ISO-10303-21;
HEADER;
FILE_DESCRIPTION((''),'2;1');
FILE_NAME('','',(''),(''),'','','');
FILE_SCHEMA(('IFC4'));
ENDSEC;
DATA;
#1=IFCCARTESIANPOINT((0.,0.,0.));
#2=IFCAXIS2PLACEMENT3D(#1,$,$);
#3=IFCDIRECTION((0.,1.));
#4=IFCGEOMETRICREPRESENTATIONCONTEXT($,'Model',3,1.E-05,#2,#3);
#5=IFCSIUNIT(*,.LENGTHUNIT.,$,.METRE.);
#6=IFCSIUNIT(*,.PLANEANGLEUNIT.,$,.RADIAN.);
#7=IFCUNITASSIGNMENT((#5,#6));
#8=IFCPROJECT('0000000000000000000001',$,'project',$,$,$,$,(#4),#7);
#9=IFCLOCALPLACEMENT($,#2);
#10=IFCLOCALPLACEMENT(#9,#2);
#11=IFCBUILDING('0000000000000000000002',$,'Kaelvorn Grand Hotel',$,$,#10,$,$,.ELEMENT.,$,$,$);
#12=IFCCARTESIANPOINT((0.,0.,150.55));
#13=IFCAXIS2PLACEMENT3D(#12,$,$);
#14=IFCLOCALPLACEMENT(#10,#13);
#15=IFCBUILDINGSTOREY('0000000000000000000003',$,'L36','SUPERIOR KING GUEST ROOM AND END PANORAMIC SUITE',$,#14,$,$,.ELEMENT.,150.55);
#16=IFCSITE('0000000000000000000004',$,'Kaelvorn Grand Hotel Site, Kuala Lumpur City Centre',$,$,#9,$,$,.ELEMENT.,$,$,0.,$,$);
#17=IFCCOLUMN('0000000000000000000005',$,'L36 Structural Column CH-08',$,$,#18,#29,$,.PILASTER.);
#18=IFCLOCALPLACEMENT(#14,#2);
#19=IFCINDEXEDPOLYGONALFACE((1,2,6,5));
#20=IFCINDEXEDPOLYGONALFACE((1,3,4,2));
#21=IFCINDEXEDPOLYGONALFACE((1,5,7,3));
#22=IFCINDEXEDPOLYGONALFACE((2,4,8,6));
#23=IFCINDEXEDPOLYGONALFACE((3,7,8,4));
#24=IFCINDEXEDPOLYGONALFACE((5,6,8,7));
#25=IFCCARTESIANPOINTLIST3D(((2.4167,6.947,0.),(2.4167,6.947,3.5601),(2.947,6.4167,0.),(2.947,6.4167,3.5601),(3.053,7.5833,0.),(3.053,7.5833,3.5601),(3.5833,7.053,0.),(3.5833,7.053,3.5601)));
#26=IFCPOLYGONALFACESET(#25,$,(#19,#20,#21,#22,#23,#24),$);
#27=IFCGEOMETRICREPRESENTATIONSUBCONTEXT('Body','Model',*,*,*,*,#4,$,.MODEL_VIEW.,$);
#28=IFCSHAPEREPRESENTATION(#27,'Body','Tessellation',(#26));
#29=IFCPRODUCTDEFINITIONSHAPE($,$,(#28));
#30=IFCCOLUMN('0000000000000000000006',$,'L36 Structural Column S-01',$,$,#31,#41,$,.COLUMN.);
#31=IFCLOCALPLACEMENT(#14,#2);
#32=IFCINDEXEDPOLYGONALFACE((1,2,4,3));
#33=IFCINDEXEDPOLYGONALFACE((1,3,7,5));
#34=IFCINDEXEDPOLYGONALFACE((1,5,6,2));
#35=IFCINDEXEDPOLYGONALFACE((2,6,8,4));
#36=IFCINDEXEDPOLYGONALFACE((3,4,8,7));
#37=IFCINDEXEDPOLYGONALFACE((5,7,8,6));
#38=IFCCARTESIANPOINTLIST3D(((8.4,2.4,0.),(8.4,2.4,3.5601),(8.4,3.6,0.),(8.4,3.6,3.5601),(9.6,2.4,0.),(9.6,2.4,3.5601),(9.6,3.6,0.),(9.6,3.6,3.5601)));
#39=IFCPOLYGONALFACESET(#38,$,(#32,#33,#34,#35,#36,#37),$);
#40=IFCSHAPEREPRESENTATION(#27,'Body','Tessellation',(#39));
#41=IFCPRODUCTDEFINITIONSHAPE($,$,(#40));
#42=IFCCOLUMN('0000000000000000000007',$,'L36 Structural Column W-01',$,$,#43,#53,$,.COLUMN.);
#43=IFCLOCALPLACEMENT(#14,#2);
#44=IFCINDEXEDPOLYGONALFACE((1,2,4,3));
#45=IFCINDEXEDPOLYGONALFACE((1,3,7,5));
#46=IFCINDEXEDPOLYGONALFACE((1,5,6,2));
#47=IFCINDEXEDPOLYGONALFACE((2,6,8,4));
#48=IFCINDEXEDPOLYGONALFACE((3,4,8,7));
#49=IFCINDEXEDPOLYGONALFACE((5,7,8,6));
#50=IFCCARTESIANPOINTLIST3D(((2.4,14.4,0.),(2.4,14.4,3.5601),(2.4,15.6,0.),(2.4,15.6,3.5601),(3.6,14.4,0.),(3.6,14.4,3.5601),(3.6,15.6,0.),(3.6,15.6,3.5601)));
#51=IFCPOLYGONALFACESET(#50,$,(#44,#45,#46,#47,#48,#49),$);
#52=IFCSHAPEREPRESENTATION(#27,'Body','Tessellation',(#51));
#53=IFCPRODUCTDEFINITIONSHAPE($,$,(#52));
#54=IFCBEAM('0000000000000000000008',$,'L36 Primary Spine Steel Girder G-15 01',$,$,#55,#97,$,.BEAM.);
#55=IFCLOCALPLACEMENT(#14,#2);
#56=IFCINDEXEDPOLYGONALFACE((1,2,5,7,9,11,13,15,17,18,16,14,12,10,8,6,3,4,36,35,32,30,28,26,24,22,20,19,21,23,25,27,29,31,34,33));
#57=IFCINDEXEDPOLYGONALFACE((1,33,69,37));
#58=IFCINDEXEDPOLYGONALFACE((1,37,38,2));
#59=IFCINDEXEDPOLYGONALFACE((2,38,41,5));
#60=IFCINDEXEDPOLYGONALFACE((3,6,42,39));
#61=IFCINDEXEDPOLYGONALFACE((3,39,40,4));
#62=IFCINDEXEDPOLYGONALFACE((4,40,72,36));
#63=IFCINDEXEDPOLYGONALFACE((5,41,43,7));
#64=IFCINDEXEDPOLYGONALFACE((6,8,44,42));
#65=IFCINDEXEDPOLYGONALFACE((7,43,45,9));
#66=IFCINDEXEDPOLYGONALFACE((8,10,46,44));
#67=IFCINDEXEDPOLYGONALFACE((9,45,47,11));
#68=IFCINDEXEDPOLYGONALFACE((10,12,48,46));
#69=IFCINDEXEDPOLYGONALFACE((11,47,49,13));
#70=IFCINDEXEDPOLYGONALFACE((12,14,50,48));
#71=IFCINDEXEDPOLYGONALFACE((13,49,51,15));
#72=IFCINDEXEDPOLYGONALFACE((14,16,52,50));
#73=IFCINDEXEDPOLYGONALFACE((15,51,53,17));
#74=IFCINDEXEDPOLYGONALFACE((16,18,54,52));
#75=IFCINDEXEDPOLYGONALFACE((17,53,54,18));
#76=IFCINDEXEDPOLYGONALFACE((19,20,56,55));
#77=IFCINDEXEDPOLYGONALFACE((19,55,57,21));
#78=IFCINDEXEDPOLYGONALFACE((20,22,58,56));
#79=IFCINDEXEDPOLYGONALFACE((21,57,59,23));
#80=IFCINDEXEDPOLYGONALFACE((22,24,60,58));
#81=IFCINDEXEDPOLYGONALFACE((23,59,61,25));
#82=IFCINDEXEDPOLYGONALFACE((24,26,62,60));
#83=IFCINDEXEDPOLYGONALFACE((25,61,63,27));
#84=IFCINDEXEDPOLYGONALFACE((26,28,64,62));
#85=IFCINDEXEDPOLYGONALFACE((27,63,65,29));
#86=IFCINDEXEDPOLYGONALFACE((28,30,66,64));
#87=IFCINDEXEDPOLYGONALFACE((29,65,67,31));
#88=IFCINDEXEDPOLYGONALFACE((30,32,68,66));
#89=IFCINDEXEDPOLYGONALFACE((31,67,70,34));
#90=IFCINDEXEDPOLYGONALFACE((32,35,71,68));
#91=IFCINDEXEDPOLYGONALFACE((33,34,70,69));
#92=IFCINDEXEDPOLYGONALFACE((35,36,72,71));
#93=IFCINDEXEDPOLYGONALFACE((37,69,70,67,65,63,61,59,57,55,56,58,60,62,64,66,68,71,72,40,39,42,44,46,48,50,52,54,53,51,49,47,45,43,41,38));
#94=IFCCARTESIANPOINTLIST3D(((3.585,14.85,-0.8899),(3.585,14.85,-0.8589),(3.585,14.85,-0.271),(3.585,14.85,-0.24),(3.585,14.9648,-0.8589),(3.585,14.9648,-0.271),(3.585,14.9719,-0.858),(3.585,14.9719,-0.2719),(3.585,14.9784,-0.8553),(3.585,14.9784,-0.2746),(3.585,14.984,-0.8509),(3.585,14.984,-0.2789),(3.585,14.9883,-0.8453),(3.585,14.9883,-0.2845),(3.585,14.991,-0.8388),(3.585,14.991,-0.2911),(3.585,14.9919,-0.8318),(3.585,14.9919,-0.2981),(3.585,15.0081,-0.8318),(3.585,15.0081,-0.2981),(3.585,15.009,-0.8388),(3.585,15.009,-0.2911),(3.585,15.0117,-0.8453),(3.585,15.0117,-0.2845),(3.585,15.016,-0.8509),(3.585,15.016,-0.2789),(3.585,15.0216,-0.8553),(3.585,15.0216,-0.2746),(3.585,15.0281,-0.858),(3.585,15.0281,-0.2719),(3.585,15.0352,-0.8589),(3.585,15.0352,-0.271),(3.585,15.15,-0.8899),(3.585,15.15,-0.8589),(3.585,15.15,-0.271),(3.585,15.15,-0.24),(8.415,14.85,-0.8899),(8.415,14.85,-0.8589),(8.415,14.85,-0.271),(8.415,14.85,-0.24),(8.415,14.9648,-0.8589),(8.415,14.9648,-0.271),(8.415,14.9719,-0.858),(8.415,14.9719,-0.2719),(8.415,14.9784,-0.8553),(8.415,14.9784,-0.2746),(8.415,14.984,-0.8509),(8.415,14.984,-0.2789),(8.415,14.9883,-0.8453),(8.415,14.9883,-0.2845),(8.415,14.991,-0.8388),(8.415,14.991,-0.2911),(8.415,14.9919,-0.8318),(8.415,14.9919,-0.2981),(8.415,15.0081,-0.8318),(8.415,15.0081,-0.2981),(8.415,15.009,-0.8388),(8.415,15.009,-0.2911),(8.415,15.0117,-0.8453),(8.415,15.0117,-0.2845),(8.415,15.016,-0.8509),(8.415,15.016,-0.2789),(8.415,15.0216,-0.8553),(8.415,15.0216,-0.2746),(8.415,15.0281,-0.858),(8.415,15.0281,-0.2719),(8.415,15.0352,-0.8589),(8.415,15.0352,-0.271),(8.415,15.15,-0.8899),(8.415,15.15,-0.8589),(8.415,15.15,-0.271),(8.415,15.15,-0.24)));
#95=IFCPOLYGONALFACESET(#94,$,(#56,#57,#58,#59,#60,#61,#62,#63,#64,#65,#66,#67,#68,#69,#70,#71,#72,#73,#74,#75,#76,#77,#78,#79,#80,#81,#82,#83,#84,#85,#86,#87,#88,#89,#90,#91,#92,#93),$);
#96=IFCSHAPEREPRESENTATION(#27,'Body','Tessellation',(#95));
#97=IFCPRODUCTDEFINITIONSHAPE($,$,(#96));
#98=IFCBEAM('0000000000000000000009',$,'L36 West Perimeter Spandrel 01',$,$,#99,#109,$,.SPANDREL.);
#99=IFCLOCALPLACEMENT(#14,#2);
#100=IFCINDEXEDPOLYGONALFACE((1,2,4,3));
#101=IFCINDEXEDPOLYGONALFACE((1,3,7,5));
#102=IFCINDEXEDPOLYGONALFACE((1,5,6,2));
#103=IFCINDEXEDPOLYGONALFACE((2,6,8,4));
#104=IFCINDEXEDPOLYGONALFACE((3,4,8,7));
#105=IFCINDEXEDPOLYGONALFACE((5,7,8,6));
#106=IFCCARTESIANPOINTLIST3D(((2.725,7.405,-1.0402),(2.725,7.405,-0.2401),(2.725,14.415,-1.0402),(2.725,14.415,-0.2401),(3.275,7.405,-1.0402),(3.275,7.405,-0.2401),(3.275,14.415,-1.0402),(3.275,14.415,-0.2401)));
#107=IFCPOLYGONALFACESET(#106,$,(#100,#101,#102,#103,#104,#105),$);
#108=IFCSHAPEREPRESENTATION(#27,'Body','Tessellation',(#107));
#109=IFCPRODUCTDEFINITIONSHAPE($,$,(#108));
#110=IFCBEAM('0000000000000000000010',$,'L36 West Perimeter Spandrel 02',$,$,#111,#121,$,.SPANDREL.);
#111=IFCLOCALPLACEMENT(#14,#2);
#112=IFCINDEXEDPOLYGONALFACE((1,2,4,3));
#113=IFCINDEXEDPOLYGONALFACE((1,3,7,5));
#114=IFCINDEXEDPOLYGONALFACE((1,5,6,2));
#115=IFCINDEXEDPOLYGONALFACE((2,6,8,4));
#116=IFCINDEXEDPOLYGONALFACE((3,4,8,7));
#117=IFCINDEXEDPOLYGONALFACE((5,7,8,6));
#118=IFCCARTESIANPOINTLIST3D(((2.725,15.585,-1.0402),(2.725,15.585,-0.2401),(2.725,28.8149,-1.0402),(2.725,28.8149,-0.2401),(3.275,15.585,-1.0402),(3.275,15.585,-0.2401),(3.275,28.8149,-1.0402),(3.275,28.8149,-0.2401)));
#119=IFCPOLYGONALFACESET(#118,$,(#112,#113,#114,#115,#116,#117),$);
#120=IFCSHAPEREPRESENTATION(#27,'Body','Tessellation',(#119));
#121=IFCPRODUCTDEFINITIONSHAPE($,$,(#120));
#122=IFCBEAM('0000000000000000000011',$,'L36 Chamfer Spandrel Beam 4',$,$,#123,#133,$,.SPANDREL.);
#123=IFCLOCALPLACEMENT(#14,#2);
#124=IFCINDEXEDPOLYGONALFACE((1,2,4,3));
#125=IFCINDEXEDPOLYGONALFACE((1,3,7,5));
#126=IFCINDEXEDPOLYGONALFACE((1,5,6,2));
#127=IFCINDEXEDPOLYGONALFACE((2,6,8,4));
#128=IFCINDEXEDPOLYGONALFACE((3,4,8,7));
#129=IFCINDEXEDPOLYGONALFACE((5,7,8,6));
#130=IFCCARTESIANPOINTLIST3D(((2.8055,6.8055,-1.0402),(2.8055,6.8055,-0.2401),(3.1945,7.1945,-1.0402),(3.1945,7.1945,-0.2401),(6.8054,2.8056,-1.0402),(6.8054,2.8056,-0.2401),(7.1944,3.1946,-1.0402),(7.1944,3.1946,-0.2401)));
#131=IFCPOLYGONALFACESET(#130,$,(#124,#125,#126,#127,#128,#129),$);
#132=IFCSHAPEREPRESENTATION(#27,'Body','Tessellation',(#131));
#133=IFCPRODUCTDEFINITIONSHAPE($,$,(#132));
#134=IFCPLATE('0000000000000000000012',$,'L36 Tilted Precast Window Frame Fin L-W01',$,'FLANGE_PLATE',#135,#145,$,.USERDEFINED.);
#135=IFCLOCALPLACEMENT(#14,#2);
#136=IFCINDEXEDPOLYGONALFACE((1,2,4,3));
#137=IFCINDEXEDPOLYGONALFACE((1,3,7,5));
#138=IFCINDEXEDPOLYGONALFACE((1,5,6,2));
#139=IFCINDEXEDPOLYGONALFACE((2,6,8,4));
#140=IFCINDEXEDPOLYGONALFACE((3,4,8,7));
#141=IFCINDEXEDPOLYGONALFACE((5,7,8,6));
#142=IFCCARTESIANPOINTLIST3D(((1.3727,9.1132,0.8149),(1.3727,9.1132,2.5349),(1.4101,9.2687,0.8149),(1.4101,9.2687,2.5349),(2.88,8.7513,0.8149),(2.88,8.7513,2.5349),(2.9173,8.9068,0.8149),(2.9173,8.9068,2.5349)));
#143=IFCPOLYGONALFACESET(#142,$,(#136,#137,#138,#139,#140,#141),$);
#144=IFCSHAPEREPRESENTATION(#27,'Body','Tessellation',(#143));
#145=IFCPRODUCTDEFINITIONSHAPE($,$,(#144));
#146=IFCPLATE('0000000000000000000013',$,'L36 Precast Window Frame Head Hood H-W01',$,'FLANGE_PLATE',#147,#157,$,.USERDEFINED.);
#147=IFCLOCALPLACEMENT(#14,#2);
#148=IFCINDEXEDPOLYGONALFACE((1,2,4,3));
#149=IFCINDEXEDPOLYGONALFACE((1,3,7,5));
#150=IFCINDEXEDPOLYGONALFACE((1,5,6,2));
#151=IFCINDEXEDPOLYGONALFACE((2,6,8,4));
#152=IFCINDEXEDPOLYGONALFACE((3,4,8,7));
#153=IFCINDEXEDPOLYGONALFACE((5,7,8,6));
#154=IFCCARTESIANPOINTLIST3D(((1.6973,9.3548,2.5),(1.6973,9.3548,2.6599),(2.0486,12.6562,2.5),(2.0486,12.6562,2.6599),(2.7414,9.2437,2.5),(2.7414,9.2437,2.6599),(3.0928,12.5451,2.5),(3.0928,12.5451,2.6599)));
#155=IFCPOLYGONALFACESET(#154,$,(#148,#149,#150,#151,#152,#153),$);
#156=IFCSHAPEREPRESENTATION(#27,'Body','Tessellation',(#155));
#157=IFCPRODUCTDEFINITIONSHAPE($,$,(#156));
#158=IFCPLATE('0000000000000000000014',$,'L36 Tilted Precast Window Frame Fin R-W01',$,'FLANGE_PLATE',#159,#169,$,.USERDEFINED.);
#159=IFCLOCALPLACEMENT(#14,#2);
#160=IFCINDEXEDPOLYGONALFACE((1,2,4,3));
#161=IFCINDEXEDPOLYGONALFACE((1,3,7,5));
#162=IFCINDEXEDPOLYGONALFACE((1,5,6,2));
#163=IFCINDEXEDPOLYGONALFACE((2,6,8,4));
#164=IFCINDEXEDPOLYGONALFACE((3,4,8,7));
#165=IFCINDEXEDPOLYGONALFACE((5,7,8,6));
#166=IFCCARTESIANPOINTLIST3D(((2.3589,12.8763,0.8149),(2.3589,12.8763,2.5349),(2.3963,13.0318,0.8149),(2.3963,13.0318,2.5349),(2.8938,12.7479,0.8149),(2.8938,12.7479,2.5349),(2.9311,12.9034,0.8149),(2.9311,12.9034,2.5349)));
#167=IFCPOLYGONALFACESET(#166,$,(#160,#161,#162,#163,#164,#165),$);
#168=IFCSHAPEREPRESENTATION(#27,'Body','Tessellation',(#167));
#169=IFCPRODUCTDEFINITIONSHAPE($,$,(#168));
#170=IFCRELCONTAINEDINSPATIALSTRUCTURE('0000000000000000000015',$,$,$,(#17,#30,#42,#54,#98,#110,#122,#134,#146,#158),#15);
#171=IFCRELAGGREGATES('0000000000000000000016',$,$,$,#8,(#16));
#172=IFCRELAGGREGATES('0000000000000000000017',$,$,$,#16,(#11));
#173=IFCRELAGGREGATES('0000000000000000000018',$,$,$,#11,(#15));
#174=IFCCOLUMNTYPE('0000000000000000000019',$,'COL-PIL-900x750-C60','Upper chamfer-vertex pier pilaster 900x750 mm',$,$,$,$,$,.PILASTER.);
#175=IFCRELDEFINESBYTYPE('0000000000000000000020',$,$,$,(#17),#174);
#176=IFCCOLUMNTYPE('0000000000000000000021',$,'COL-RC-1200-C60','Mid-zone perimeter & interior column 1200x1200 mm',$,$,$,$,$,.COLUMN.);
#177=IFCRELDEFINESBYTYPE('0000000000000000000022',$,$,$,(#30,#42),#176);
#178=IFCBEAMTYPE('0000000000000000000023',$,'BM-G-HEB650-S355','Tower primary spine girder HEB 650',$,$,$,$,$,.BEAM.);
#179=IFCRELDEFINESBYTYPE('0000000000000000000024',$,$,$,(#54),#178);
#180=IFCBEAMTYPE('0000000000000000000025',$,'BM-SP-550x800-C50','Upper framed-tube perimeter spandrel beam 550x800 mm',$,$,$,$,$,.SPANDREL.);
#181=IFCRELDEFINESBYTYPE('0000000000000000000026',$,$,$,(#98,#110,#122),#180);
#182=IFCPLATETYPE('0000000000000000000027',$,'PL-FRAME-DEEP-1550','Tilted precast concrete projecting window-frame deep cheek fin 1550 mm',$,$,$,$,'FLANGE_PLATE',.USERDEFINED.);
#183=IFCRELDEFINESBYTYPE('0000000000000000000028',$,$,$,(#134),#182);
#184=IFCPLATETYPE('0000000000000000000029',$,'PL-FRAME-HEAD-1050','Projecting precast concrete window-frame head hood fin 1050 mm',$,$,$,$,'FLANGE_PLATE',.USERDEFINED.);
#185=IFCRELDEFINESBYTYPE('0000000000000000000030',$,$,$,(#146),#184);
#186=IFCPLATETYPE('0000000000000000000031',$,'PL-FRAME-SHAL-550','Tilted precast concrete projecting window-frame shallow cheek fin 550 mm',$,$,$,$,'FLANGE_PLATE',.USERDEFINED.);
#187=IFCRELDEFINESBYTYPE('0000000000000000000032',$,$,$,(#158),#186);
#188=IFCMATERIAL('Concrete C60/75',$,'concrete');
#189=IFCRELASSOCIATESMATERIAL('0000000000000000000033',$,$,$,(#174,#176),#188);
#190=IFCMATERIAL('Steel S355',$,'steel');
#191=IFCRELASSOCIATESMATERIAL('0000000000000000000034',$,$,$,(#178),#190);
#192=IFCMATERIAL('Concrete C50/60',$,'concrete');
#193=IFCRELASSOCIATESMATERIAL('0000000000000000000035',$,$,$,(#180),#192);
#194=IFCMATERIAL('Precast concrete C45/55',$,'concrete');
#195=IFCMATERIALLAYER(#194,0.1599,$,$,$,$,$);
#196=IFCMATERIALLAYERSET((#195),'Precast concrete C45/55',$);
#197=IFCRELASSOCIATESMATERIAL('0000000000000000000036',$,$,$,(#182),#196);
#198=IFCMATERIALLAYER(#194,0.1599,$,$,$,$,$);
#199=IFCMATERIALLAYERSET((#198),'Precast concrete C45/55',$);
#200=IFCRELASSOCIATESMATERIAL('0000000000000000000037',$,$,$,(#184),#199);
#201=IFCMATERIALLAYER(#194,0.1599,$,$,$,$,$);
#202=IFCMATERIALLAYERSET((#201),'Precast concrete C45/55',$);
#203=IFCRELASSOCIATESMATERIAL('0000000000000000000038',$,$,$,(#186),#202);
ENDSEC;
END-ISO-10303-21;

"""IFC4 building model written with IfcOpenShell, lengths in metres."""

from ifc_helpers import new_model, si_unit, direction, frame, origin, origin_2d, place, context, subcontext, project, spatial, rectangle, i_section, extrude, material, layer, layer_set, material_profile, profile_set, type_object, element, save


model = new_model("IFC4")

# Units and contexts
model_context = context("Model", 3, precision=1e-05, world=origin(), true_north=direction((0.0, 1.0)))
body_context = subcontext(model_context, "Body", "Model", "MODEL_VIEW")
ifc_project = project(units=[si_unit("LENGTHUNIT", "METRE"), si_unit("PLANEANGLEUNIT", "RADIAN")], contexts=[model_context])

# Site, building, storey
site_placement = place(None, origin())
site = spatial("IfcSite", under=ifc_project, at=site_placement, Name="Kaelvorn Grand Hotel Site, Kuala Lumpur City Centre", CompositionType="ELEMENT", RefElevation=0.0)
building_placement = place(site_placement, origin())
building = spatial("IfcBuilding", under=site, at=building_placement, Name="Kaelvorn Grand Hotel", CompositionType="ELEMENT")
storey_placement = place(building_placement, frame((0.0, 0.0, 150.55)))
storey = spatial("IfcBuildingStorey", under=building, at=storey_placement, Name="L36", Description="SUPERIOR KING GUEST ROOM AND END PANORAMIC SUITE", CompositionType="ELEMENT", Elevation=150.55)

# Columns
ifc_material_1 = material(Name="Concrete C60/75", Category="concrete")
ifc_material_profile_1 = material_profile(ifc_material_1, rectangle(XDim=0.8999, YDim=0.75, at=origin_2d()), Name="RC PILASTER 900x750")
ifc_profile_set_1 = profile_set([ifc_material_profile_1], Name="Concrete C60/75")
column_type_1 = type_object("IfcColumnType", Name="COL-PIL-900x750-C60", Description="Upper chamfer-vertex pier pilaster 900x750 mm", PredefinedType="PILASTER", material=ifc_profile_set_1)
column_placement = place(storey_placement, frame((3.0, 7.0, 0.0), z_axis=(0.0, 0.0, 1.0), x_axis=(0.707107, 0.707107, 0.0)))
element("IfcColumn", 1, at=column_placement, inside=storey, type_object=column_type_1, Name="L36 Structural Column CH-08", PredefinedType="PILASTER", context=body_context, shape_type="SweptSolid", body=[
    extrude(rectangle(XDim=0.8999, YDim=0.75, at=origin_2d()), origin(), (0.0, 0.0, 1.0), 3.5601),
])
ifc_material_profile_2 = material_profile(ifc_material_1, rectangle(XDim=1.2, YDim=1.2, at=origin_2d()), Name="RC COL 1200x1200")
ifc_profile_set_2 = profile_set([ifc_material_profile_2], Name="Concrete C60/75")
column_type_2 = type_object("IfcColumnType", Name="COL-RC-1200-C60", Description="Mid-zone perimeter & interior column 1200x1200 mm", PredefinedType="COLUMN", material=ifc_profile_set_2)
for number, where, z_axis, x_axis, name in (
    (2, (9.0, 3.0, 0.0), (0.0, 0.0, 1.0), (1.0, 0.0, 0.0), "L36 Structural Column S-01"),
    (3, (3.0, 15.0, 0.0), (0.0, 0.0, 1.0), (1.0, 0.0, 0.0), "L36 Structural Column W-01"),
):
    element("IfcColumn", number, at=place(storey_placement, frame(where, z_axis=z_axis, x_axis=x_axis)), inside=storey, type_object=column_type_2, Name=name, PredefinedType="COLUMN", context=body_context, shape_type="SweptSolid", body=[
        extrude(rectangle(XDim=1.2, YDim=1.2, at=origin_2d()), origin(), (0.0, 0.0, 1.0), 3.5601),
    ])

# Beams
ifc_material_2 = material(Name="Steel S355", Category="steel")
ifc_material_profile_3 = material_profile(ifc_material_2, i_section(OverallWidth=0.3, OverallDepth=0.6499, WebThickness=0.0161, FlangeThickness=0.031, FilletRadius=0.0271, at=origin_2d()), Name="HEB 650")
ifc_profile_set_3 = profile_set([ifc_material_profile_3], Name="Steel S355")
beam_type_1 = type_object("IfcBeamType", Name="BM-G-HEB650-S355", Description="Tower primary spine girder HEB 650", PredefinedType="BEAM", material=ifc_profile_set_3)
beam_1_placement = place(storey_placement, frame((3.585, 15.0, -0.5649), z_axis=(1.0, 0.0, 0.0), x_axis=(0.0, 1.0, 0.0)))
element("IfcBeam", 4, at=beam_1_placement, inside=storey, type_object=beam_type_1, Name="L36 Primary Spine Steel Girder G-15 01", PredefinedType="BEAM", context=body_context, shape_type="SweptSolid", body=[
    extrude(i_section(OverallWidth=0.3, OverallDepth=0.6499, WebThickness=0.0161, FlangeThickness=0.031, FilletRadius=0.0271, at=origin_2d()), origin(), (0.0, 0.0, 1.0), 4.8301),
])
ifc_material_3 = material(Name="Concrete C50/60", Category="concrete")
ifc_material_profile_4 = material_profile(ifc_material_3, rectangle(XDim=0.55, YDim=0.8, at=origin_2d()), Name="RC SPANDREL 550x800")
ifc_profile_set_4 = profile_set([ifc_material_profile_4], Name="Concrete C50/60")
beam_type_2 = type_object("IfcBeamType", Name="BM-SP-550x800-C50", Description="Upper framed-tube perimeter spandrel beam 550x800 mm", PredefinedType="SPANDREL", material=ifc_profile_set_4)
beam_2_placement = place(storey_placement, frame((3.0, 7.405, -0.6401), z_axis=(0.0, 1.0, 0.0), x_axis=(-1.0, 0.0, 0.0)))
element("IfcBeam", 5, at=beam_2_placement, inside=storey, type_object=beam_type_2, Name="L36 West Perimeter Spandrel 01", PredefinedType="SPANDREL", context=body_context, shape_type="SweptSolid", body=[
    extrude(rectangle(XDim=0.55, YDim=0.8, at=origin_2d()), origin(), (0.0, 0.0, 1.0), 7.01),
])
beam_3_placement = place(storey_placement, frame((3.0, 15.585, -0.6401), z_axis=(0.0, 1.0, 0.0), x_axis=(-1.0, 0.0, 0.0)))
element("IfcBeam", 6, at=beam_3_placement, inside=storey, type_object=beam_type_2, Name="L36 West Perimeter Spandrel 02", PredefinedType="SPANDREL", context=body_context, shape_type="SweptSolid", body=[
    extrude(rectangle(XDim=0.55, YDim=0.8, at=origin_2d()), origin(), (0.0, 0.0, 1.0), 13.23),
])
beam_4_placement = place(storey_placement, frame((3.0, 7.0, -0.6401), z_axis=(0.707107, -0.707107, 0.0), x_axis=(0.707107, 0.707107, 0.0)))
element("IfcBeam", 7, at=beam_4_placement, inside=storey, type_object=beam_type_2, Name="L36 Chamfer Spandrel Beam 4", PredefinedType="SPANDREL", context=body_context, shape_type="SweptSolid", body=[
    extrude(rectangle(XDim=0.55, YDim=0.8, at=origin_2d()), origin(), (0.0, 0.0, 1.0), 5.6567),
])

# Plates
ifc_material_4 = material(Name="Precast concrete C45/55", Category="concrete")
ifc_layer_1 = layer(ifc_material_4, 0.1599)
ifc_layer_set_1 = layer_set([ifc_layer_1], Name="Precast concrete C45/55")
plate_type_1 = type_object("IfcPlateType", Name="PL-FRAME-DEEP-1550", Description="Tilted precast concrete projecting window-frame deep cheek fin 1550 mm", ElementType="FLANGE_PLATE", PredefinedType="USERDEFINED", material=ifc_layer_set_1)
plate_1_placement = place(storey_placement, frame((2.145, 9.01, 0.8149), z_axis=(0.0, 0.0, 1.0), x_axis=(0.233445, 0.97237, 0.0)))
element("IfcPlate", 8, at=plate_1_placement, inside=storey, type_object=plate_type_1, Name="L36 Tilted Precast Window Frame Fin L-W01", ObjectType="FLANGE_PLATE", PredefinedType="USERDEFINED", context=body_context, shape_type="SweptSolid", body=[
    extrude(rectangle(XDim=0.1599, YDim=1.55, at=origin_2d()), origin(), (0.0, 0.0, 1.0), 1.72),
])
ifc_layer_2 = layer(ifc_material_4, 0.1599)
ifc_layer_set_2 = layer_set([ifc_layer_2], Name="Precast concrete C45/55")
plate_type_2 = type_object("IfcPlateType", Name="PL-FRAME-HEAD-1050", Description="Projecting precast concrete window-frame head hood fin 1050 mm", ElementType="FLANGE_PLATE", PredefinedType="USERDEFINED", material=ifc_layer_set_2)
plate_2_placement = place(storey_placement, frame((2.395, 10.95, 2.5), z_axis=(0.0, 0.0, 1.0), x_axis=(0.10583, 0.994384, 0.0)))
element("IfcPlate", 9, at=plate_2_placement, inside=storey, type_object=plate_type_2, Name="L36 Precast Window Frame Head Hood H-W01", ObjectType="FLANGE_PLATE", PredefinedType="USERDEFINED", context=body_context, shape_type="SweptSolid", body=[
    extrude(rectangle(XDim=3.3201, YDim=1.05, at=origin_2d()), origin(), (0.0, 0.0, 1.0), 0.1599),
])
ifc_layer_3 = layer(ifc_material_4, 0.1599)
ifc_layer_set_3 = layer_set([ifc_layer_3], Name="Precast concrete C45/55")
plate_type_3 = type_object("IfcPlateType", Name="PL-FRAME-SHAL-550", Description="Tilted precast concrete projecting window-frame shallow cheek fin 550 mm", ElementType="FLANGE_PLATE", PredefinedType="USERDEFINED", material=ifc_layer_set_3)
plate_3_placement = place(storey_placement, frame((2.645, 12.8899, 0.8149), z_axis=(0.0, 0.0, 1.0), x_axis=(0.233445, 0.97237, 0.0)))
element("IfcPlate", 10, at=plate_3_placement, inside=storey, type_object=plate_type_3, Name="L36 Tilted Precast Window Frame Fin R-W01", ObjectType="FLANGE_PLATE", PredefinedType="USERDEFINED", context=body_context, shape_type="SweptSolid", body=[
    extrude(rectangle(XDim=0.1599, YDim=0.55, at=origin_2d()), origin(), (0.0, 0.0, 1.0), 1.72),
])

save(model, "model.ifc")
